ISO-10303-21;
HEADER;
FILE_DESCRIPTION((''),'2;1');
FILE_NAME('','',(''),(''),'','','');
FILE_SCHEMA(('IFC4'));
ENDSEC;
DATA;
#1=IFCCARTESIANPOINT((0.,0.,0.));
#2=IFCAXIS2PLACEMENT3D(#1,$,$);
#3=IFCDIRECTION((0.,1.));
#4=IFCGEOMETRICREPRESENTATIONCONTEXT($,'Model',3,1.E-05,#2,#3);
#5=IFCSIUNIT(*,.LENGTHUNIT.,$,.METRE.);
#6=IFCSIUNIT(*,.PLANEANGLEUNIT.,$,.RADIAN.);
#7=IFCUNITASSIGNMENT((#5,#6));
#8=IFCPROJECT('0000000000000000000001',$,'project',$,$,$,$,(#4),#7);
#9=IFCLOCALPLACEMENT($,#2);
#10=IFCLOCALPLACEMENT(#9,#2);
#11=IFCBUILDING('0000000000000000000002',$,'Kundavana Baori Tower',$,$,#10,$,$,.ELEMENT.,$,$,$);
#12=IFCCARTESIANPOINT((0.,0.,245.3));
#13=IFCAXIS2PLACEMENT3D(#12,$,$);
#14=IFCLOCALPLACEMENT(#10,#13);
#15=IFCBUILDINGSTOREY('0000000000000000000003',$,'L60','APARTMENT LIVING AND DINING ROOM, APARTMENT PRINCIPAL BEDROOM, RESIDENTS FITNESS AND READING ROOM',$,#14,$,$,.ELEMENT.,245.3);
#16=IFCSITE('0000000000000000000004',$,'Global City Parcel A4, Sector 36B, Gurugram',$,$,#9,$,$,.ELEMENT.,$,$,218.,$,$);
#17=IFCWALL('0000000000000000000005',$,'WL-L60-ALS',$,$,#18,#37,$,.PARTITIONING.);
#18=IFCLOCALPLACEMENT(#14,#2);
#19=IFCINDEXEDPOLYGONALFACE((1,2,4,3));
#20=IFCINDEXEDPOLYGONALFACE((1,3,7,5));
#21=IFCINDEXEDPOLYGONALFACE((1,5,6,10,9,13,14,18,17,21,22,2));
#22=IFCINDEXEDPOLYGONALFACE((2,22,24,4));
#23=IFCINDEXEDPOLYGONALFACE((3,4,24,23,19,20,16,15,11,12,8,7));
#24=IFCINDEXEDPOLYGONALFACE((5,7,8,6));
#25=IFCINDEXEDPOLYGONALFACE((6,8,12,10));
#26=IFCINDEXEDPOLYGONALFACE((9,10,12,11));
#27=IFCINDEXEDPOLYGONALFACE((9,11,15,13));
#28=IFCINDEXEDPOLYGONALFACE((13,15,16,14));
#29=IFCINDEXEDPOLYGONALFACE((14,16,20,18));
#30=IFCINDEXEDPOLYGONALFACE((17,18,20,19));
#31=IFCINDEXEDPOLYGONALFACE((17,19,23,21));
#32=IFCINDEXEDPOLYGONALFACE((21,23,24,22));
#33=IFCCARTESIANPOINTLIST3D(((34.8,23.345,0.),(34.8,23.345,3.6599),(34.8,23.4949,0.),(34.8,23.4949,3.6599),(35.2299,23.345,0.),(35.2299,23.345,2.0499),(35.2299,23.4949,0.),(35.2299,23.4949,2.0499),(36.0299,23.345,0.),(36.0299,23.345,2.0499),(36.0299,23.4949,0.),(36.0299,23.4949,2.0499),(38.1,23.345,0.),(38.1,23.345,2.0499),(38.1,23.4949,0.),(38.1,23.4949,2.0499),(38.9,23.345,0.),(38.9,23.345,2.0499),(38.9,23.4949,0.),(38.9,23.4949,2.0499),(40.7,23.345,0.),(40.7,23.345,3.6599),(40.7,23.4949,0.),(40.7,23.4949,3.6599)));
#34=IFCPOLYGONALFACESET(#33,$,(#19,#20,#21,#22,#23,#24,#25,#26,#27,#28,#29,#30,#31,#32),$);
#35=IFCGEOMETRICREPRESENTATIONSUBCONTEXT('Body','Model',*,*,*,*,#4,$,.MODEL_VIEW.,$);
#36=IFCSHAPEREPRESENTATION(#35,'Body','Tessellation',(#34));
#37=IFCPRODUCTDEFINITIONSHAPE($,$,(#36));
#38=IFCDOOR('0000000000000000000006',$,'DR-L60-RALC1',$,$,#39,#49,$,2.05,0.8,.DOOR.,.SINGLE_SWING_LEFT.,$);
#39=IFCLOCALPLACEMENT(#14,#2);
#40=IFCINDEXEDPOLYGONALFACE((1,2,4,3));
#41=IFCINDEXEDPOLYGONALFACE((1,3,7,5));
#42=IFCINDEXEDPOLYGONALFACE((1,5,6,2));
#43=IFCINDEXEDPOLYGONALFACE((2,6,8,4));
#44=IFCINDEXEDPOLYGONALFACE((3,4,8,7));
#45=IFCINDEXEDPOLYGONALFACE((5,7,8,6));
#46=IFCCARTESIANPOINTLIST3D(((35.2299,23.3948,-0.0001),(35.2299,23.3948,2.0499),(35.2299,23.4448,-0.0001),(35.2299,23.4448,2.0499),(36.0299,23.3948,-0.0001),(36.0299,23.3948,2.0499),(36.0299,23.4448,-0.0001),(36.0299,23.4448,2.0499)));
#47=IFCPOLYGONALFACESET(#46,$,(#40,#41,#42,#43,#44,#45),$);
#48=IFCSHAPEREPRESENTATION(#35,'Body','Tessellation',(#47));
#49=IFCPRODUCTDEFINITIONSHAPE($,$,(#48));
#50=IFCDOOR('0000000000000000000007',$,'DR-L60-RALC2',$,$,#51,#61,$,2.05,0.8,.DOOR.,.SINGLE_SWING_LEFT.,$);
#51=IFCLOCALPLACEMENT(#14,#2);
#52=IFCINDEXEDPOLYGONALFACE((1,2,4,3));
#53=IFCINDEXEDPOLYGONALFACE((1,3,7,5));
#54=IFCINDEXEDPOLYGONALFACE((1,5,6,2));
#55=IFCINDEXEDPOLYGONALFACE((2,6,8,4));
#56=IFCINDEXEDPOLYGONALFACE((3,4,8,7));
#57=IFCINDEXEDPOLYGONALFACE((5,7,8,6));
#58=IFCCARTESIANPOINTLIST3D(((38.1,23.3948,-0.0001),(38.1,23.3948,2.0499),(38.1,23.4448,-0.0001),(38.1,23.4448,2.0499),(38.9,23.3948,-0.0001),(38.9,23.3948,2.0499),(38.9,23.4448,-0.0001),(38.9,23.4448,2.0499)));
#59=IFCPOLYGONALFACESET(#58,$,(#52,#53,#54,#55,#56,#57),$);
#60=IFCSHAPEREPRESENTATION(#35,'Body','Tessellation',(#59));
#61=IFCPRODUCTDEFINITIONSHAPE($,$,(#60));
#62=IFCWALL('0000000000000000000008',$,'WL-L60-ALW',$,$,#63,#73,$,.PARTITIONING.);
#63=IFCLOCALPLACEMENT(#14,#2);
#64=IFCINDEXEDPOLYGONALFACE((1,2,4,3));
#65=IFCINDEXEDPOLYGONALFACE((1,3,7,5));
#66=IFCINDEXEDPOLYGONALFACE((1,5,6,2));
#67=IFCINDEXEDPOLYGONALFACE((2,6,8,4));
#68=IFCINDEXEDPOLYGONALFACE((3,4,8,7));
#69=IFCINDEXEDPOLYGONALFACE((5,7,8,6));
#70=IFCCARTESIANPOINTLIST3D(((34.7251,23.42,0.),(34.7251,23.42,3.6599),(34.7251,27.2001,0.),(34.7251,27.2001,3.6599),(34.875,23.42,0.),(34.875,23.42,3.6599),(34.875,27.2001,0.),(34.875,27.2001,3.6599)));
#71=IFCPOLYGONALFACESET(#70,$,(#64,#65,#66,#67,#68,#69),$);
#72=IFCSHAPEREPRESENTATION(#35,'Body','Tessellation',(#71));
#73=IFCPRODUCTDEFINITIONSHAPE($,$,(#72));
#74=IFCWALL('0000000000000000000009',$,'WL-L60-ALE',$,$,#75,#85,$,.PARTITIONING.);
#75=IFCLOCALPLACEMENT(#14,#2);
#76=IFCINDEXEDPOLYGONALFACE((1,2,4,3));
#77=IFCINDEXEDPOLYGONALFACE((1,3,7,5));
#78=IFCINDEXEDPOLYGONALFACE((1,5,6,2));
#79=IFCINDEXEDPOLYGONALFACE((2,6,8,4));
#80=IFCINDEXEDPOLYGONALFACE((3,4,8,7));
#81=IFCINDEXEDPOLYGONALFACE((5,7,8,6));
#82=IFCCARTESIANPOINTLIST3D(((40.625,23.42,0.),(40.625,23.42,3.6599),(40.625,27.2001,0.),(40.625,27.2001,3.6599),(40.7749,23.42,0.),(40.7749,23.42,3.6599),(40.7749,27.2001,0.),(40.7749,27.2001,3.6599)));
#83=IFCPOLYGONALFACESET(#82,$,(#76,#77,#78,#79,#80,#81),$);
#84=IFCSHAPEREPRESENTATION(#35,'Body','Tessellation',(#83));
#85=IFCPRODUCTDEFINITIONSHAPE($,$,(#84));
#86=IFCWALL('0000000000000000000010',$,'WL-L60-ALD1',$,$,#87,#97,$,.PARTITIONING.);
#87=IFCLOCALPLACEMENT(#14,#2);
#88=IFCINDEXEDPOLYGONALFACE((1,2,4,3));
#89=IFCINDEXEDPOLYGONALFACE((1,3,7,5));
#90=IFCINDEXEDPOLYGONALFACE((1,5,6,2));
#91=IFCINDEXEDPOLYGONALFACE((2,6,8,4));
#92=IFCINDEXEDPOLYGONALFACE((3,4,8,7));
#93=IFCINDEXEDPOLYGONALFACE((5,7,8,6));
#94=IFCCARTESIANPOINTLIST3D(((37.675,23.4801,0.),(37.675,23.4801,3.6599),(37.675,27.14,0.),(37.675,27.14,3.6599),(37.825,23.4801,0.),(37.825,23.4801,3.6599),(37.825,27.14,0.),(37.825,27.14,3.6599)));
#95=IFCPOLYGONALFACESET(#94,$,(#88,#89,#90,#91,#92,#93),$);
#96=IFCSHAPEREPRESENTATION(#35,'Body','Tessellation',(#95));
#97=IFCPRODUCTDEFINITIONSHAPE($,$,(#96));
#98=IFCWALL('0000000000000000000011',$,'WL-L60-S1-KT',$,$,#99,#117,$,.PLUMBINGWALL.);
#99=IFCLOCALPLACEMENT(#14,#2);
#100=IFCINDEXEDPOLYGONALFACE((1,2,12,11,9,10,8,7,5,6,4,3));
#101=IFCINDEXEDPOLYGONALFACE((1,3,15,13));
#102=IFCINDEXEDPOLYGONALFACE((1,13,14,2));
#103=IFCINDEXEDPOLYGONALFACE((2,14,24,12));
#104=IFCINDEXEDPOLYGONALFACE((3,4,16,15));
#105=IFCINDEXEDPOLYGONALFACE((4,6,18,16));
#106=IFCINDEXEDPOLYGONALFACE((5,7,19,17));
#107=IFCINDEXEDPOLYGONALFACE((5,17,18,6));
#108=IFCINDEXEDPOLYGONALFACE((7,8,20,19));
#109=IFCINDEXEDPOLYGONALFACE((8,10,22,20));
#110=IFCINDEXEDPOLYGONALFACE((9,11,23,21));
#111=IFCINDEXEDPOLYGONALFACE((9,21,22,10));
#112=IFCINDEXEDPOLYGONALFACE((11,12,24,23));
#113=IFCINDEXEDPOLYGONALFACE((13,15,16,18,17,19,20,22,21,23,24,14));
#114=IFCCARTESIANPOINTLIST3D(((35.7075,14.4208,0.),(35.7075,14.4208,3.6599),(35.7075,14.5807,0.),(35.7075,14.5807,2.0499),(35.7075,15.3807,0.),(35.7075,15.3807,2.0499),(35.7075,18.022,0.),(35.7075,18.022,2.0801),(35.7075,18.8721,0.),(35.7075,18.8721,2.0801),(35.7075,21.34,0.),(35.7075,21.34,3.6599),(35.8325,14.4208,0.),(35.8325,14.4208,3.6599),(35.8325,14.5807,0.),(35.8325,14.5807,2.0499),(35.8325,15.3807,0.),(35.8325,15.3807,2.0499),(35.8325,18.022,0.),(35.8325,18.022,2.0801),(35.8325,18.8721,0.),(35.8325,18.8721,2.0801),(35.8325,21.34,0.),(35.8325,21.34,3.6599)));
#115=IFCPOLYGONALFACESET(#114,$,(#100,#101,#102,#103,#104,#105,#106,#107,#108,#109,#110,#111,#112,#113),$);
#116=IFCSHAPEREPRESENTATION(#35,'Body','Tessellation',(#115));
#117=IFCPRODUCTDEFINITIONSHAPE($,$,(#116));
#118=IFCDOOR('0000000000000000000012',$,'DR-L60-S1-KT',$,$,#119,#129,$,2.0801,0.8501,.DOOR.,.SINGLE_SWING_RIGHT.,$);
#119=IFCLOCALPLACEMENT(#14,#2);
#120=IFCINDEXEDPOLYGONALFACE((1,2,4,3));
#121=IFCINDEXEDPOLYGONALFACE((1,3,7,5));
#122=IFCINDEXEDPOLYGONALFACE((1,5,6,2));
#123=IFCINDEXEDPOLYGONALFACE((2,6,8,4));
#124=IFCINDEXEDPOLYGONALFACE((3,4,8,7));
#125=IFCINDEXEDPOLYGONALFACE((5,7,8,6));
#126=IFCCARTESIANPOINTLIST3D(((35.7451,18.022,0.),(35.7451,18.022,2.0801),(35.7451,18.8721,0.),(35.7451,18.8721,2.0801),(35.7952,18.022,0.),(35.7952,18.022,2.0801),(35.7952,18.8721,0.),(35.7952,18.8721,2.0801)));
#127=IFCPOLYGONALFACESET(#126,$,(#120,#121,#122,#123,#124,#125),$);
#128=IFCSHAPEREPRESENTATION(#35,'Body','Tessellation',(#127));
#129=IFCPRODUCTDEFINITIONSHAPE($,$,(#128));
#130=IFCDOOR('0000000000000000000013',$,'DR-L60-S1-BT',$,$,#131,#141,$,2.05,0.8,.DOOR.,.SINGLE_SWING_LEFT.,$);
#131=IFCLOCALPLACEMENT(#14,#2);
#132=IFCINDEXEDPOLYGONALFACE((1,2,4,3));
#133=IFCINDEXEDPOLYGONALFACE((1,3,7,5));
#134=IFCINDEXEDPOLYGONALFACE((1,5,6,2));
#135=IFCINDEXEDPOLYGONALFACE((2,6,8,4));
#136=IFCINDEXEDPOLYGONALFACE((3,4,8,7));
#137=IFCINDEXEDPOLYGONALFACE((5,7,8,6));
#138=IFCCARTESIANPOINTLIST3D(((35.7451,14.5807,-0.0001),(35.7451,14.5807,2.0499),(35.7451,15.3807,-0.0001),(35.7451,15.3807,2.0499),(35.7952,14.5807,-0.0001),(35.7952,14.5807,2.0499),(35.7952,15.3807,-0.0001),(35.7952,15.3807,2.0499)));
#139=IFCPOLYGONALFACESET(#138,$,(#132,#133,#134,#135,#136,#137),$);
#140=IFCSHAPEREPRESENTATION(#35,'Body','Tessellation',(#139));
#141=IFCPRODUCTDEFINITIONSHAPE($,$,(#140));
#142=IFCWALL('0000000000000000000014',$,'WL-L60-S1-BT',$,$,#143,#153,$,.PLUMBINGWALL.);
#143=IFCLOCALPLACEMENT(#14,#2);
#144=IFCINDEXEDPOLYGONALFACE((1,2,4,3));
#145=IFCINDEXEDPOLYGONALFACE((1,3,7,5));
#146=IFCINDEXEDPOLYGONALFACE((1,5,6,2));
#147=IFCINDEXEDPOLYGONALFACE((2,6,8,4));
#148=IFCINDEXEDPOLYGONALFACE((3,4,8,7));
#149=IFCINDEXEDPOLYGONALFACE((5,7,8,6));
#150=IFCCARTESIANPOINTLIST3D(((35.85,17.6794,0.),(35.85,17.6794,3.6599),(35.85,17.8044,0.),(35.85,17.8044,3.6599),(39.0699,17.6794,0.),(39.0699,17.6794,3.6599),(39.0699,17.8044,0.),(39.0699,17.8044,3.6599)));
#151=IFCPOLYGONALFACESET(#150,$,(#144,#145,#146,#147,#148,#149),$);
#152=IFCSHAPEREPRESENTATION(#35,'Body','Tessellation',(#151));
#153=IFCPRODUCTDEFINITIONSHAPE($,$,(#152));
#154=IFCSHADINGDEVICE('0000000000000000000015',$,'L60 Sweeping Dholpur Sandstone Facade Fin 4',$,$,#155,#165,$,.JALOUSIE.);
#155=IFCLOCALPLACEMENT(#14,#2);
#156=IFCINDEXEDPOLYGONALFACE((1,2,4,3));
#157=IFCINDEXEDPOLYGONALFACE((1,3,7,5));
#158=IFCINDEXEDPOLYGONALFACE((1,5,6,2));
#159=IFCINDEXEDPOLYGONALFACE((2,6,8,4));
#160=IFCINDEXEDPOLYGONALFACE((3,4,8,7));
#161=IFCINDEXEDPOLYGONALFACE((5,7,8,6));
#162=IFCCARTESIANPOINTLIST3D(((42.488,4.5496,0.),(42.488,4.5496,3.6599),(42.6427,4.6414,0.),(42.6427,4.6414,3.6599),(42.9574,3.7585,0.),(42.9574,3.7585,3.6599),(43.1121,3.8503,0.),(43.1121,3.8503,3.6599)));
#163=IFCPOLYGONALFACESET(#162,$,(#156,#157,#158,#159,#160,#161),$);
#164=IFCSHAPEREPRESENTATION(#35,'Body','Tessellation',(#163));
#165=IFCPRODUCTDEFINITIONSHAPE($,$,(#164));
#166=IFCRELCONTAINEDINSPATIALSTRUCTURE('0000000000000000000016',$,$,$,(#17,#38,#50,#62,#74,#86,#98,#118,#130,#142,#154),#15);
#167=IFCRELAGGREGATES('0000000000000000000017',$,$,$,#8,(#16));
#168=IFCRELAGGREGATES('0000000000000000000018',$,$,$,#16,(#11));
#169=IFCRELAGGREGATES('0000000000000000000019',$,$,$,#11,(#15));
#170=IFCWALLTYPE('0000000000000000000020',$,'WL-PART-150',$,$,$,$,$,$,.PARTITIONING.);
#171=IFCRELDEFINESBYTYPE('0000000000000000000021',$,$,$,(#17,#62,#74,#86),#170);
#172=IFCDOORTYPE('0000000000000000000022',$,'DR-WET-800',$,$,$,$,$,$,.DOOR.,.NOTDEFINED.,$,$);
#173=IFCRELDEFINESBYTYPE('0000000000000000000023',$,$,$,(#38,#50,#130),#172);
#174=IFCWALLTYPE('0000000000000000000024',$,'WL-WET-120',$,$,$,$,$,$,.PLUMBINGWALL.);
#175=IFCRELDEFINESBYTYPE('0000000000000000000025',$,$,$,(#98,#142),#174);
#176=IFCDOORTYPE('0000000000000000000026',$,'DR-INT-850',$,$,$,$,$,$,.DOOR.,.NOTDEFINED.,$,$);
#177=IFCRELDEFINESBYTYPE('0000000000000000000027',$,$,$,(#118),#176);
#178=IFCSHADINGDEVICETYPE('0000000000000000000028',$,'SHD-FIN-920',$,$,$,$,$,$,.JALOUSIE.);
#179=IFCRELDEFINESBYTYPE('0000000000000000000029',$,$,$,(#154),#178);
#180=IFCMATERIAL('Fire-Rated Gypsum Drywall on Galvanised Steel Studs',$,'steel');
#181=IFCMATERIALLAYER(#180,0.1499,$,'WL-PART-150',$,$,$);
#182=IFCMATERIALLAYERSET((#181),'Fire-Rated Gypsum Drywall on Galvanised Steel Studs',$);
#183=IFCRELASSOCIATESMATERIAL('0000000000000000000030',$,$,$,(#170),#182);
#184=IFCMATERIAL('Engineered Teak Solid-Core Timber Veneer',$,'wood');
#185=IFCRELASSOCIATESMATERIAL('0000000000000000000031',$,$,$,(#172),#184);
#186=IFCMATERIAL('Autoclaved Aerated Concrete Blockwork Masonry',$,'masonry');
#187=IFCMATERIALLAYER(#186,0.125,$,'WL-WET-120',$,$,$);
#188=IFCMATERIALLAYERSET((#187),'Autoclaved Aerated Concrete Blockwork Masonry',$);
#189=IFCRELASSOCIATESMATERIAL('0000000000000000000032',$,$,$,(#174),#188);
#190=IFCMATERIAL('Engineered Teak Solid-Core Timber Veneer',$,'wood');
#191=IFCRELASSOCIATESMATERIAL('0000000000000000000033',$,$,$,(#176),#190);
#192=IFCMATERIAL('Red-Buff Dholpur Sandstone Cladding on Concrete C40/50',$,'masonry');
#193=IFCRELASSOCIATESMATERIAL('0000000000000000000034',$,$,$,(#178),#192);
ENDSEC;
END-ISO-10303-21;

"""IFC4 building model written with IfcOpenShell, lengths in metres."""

from ifc_helpers import new_model, si_unit, direction, frame, frame_2d, origin, origin_2d, place, context, subcontext, project, spatial, rectangle, extrude, material, layer, layer_set, type_object, element, fill, save


model = new_model("IFC4")

# Units and contexts
model_context = context("Model", 3, precision=1e-05, world=origin(), true_north=direction((0.0, 1.0)))
body_context = subcontext(model_context, "Body", "Model", "MODEL_VIEW")
ifc_project = project(units=[si_unit("LENGTHUNIT", "METRE"), si_unit("PLANEANGLEUNIT", "RADIAN")], contexts=[model_context])

# Site, building, storey
site_placement = place(None, origin())
site = spatial("IfcSite", under=ifc_project, at=site_placement, Name="Global City Parcel A4, Sector 36B, Gurugram", CompositionType="ELEMENT", RefElevation=218.0)
building_placement = place(site_placement, origin())
building = spatial("IfcBuilding", under=site, at=building_placement, Name="Kundavana Baori Tower", CompositionType="ELEMENT")
storey_placement = place(building_placement, frame((0.0, 0.0, 245.3)))
storey = spatial("IfcBuildingStorey", under=building, at=storey_placement, Name="L60", Description="APARTMENT LIVING AND DINING ROOM, APARTMENT PRINCIPAL BEDROOM, RESIDENTS FITNESS AND READING ROOM", CompositionType="ELEMENT", Elevation=245.3)

# Shared definitions
ifc_material_1 = material(Name="Fire-Rated Gypsum Drywall on Galvanised Steel Studs", Category="steel")
ifc_layer_1 = layer(ifc_material_1, 0.1499, Name="WL-PART-150")
ifc_layer_set_1 = layer_set([ifc_layer_1], Name="Fire-Rated Gypsum Drywall on Galvanised Steel Studs")
wall_type_1 = type_object("IfcWallType", Name="WL-PART-150", PredefinedType="PARTITIONING", material=ifc_layer_set_1)

# Wall, openings, doors
wall_1_placement = place(storey_placement, frame((34.8, 23.4199, 0.0), z_axis=(0.0, 0.0, 1.0), x_axis=(1.0, 0.0, 0.0)))
wall_1 = element("IfcWall", 1, at=wall_1_placement, inside=storey, type_object=wall_type_1, Name="WL-L60-ALS", PredefinedType="PARTITIONING", context=body_context, shape_type="SweptSolid", body=[
    extrude(rectangle(XDim=5.8999, YDim=0.1499, at=frame_2d((2.95, 0.0))), origin(), (0.0, 0.0, 1.0), 3.6599),
])
opening_1_placement = place(wall_1_placement, frame((0.4299, 0.0, 0.0)))
opening_1 = element("IfcOpeningElement", 2, at=opening_1_placement, cuts=wall_1, PredefinedType="OPENING", context=body_context, shape_type="SweptSolid", body=[
    extrude(rectangle(XDim=0.8, YDim=2.05, at=frame_2d((0.3999, 1.0249))), frame((0.0, 0.085, 0.0), z_axis=(0.0, -1.0, 0.0), x_axis=(1.0, 0.0, 0.0)), (0.0, 0.0, 1.0), 0.1699),
])
opening_2_placement = place(wall_1_placement, frame((3.3, 0.0, 0.0)))
opening_2 = element("IfcOpeningElement", 3, at=opening_2_placement, cuts=wall_1, PredefinedType="OPENING", context=body_context, shape_type="SweptSolid", body=[
    extrude(rectangle(XDim=0.8, YDim=2.05, at=frame_2d((0.3999, 1.0249))), frame((0.0, 0.085, 0.0), z_axis=(0.0, -1.0, 0.0), x_axis=(1.0, 0.0, 0.0)), (0.0, 0.0, 1.0), 0.1699),
])
ifc_material_2 = material(Name="Engineered Teak Solid-Core Timber Veneer", Category="wood")
door_type_1 = type_object("IfcDoorType", Name="DR-WET-800", OperationType="NOTDEFINED", PredefinedType="DOOR", material=ifc_material_2)
door_1_placement = place(opening_1_placement, origin())
door_1 = element("IfcDoor", 4, at=door_1_placement, inside=storey, type_object=door_type_1, Name="DR-L60-RALC1", OperationType="SINGLE_SWING_LEFT", OverallHeight=2.05, OverallWidth=0.8, PredefinedType="DOOR", context=body_context, shape_type="SweptSolid", body=[
    extrude(rectangle(XDim=0.8, YDim=2.05, at=frame_2d((0.3999, 1.0249))), frame((0.0, 0.0249, 0.0), z_axis=(0.0, -1.0, 0.0), x_axis=(1.0, 0.0, 0.0)), (0.0, 0.0, 1.0), 0.05),
])
fill(opening_1, door_1)
door_2_placement = place(opening_2_placement, origin())
door_2 = element("IfcDoor", 5, at=door_2_placement, inside=storey, type_object=door_type_1, Name="DR-L60-RALC2", OperationType="SINGLE_SWING_LEFT", OverallHeight=2.05, OverallWidth=0.8, PredefinedType="DOOR", context=body_context, shape_type="SweptSolid", body=[
    extrude(rectangle(XDim=0.8, YDim=2.05, at=frame_2d((0.3999, 1.0249))), frame((0.0, 0.0249, 0.0), z_axis=(0.0, -1.0, 0.0), x_axis=(1.0, 0.0, 0.0)), (0.0, 0.0, 1.0), 0.05),
])
fill(opening_2, door_2)

# Walls
for number, where, z_axis, x_axis, name in (
    (6, (34.8, 23.4199, 0.0), (0.0, 0.0, 1.0), (0.0, 1.0, 0.0), "WL-L60-ALW"),
    (7, (40.7, 23.4199, 0.0), (0.0, 0.0, 1.0), (0.0, 1.0, 0.0), "WL-L60-ALE"),
):
    element("IfcWall", number, at=place(storey_placement, frame(where, z_axis=z_axis, x_axis=x_axis)), inside=storey, type_object=wall_type_1, Name=name, PredefinedType="PARTITIONING", context=body_context, shape_type="SweptSolid", body=[
        extrude(rectangle(XDim=3.78, YDim=0.1499, at=frame_2d((1.8901, 0.0))), origin(), (0.0, 0.0, 1.0), 3.6599),
    ])
wall_2_placement = place(storey_placement, frame((37.75, 23.48, 0.0), z_axis=(0.0, 0.0, 1.0), x_axis=(0.0, 1.0, 0.0)))
element("IfcWall", 8, at=wall_2_placement, inside=storey, type_object=wall_type_1, Name="WL-L60-ALD1", PredefinedType="PARTITIONING", context=body_context, shape_type="SweptSolid", body=[
    extrude(rectangle(XDim=3.6599, YDim=0.1499, at=frame_2d((1.8301, 0.0))), origin(), (0.0, 0.0, 1.0), 3.6599),
])

# Wall, openings, doors
ifc_material_3 = material(Name="Autoclaved Aerated Concrete Blockwork Masonry", Category="masonry")
ifc_layer_2 = layer(ifc_material_3, 0.125, Name="WL-WET-120")
ifc_layer_set_2 = layer_set([ifc_layer_2], Name="Autoclaved Aerated Concrete Blockwork Masonry")
wall_type_2 = type_object("IfcWallType", Name="WL-WET-120", PredefinedType="PLUMBINGWALL", material=ifc_layer_set_2)
wall_3_placement = place(storey_placement, frame((35.77, 14.4209, 0.0), z_axis=(0.0, 0.0, 1.0), x_axis=(0.0, 1.0, 0.0)))
wall_3 = element("IfcWall", 9, at=wall_3_placement, inside=storey, type_object=wall_type_2, Name="WL-L60-S1-KT", PredefinedType="PLUMBINGWALL", context=body_context, shape_type="SweptSolid", body=[
    extrude(rectangle(XDim=6.9192, YDim=0.125, at=frame_2d((3.4595, 0.0))), origin(), (0.0, 0.0, 1.0), 3.6599),
])
opening_3_placement = place(wall_3_placement, frame((0.1599, 0.0, 0.0)))
opening_3 = element("IfcOpeningElement", 10, at=opening_3_placement, cuts=wall_3, PredefinedType="OPENING", context=body_context, shape_type="SweptSolid", body=[
    extrude(rectangle(XDim=0.8, YDim=2.05, at=frame_2d((0.3999, 1.0249))), frame((0.0, 0.0725, 0.0), z_axis=(0.0, -1.0, 0.0), x_axis=(1.0, 0.0, 0.0)), (0.0, 0.0, 1.0), 0.145),
])
opening_4_placement = place(wall_3_placement, frame((3.6011, 0.0, 0.0)))
opening_4 = element("IfcOpeningElement", 11, at=opening_4_placement, cuts=wall_3, PredefinedType="OPENING", context=body_context, shape_type="SweptSolid", body=[
    extrude(rectangle(XDim=0.8501, YDim=2.0801, at=frame_2d((0.425, 1.04))), frame((0.0, 0.0725, 0.0), z_axis=(0.0, -1.0, 0.0), x_axis=(1.0, 0.0, 0.0)), (0.0, 0.0, 1.0), 0.145),
])
ifc_material_4 = material(Name="Engineered Teak Solid-Core Timber Veneer", Category="wood")
door_type_2 = type_object("IfcDoorType", Name="DR-INT-850", OperationType="NOTDEFINED", PredefinedType="DOOR", material=ifc_material_4)
door_3_placement = place(opening_4_placement, origin())
door_3 = element("IfcDoor", 12, at=door_3_placement, inside=storey, type_object=door_type_2, Name="DR-L60-S1-KT", OperationType="SINGLE_SWING_RIGHT", OverallHeight=2.0801, OverallWidth=0.8501, PredefinedType="DOOR", context=body_context, shape_type="SweptSolid", body=[
    extrude(rectangle(XDim=0.8501, YDim=2.0801, at=frame_2d((0.425, 1.04))), frame((0.0, 0.0249, 0.0), z_axis=(0.0, -1.0, 0.0), x_axis=(1.0, 0.0, 0.0)), (0.0, 0.0, 1.0), 0.05),
])
fill(opening_4, door_3)
door_4_placement = place(opening_3_placement, origin())
door_4 = element("IfcDoor", 13, at=door_4_placement, inside=storey, type_object=door_type_1, Name="DR-L60-S1-BT", OperationType="SINGLE_SWING_LEFT", OverallHeight=2.05, OverallWidth=0.8, PredefinedType="DOOR", context=body_context, shape_type="SweptSolid", body=[
    extrude(rectangle(XDim=0.8, YDim=2.05, at=frame_2d((0.3999, 1.0249))), frame((0.0, 0.0249, 0.0), z_axis=(0.0, -1.0, 0.0), x_axis=(1.0, 0.0, 0.0)), (0.0, 0.0, 1.0), 0.05),
])
fill(opening_3, door_4)

# Wall
wall_4_placement = place(storey_placement, frame((35.8501, 17.7419, 0.0), z_axis=(0.0, 0.0, 1.0), x_axis=(1.0, 0.0, 0.0)))
element("IfcWall", 14, at=wall_4_placement, inside=storey, type_object=wall_type_2, Name="WL-L60-S1-BT", PredefinedType="PLUMBINGWALL", context=body_context, shape_type="SweptSolid", body=[
    extrude(rectangle(XDim=3.22, YDim=0.125, at=frame_2d((1.6099, 0.0))), origin(), (0.0, 0.0, 1.0), 3.6599),
])

# Shading device
ifc_material_5 = material(Name="Red-Buff Dholpur Sandstone Cladding on Concrete C40/50", Category="masonry")
shading_device_type = type_object("IfcShadingDeviceType", Name="SHD-FIN-920", PredefinedType="JALOUSIE", material=ifc_material_5)
shading_device_placement = place(storey_placement, frame((42.8, 4.2, 0.0), z_axis=(0.0, 0.0, 1.0), x_axis=(0.86003, 0.510243, 0.0)))
element("IfcShadingDevice", 15, at=shading_device_placement, inside=storey, type_object=shading_device_type, Name="L60 Sweeping Dholpur Sandstone Facade Fin 4", PredefinedType="JALOUSIE", context=body_context, shape_type="SweptSolid", body=[
    extrude(rectangle(XDim=0.1799, YDim=0.9199, at=origin_2d()), origin(), (0.0, 0.0, 1.0), 3.6599),
])

save(model, "model.ifc")
